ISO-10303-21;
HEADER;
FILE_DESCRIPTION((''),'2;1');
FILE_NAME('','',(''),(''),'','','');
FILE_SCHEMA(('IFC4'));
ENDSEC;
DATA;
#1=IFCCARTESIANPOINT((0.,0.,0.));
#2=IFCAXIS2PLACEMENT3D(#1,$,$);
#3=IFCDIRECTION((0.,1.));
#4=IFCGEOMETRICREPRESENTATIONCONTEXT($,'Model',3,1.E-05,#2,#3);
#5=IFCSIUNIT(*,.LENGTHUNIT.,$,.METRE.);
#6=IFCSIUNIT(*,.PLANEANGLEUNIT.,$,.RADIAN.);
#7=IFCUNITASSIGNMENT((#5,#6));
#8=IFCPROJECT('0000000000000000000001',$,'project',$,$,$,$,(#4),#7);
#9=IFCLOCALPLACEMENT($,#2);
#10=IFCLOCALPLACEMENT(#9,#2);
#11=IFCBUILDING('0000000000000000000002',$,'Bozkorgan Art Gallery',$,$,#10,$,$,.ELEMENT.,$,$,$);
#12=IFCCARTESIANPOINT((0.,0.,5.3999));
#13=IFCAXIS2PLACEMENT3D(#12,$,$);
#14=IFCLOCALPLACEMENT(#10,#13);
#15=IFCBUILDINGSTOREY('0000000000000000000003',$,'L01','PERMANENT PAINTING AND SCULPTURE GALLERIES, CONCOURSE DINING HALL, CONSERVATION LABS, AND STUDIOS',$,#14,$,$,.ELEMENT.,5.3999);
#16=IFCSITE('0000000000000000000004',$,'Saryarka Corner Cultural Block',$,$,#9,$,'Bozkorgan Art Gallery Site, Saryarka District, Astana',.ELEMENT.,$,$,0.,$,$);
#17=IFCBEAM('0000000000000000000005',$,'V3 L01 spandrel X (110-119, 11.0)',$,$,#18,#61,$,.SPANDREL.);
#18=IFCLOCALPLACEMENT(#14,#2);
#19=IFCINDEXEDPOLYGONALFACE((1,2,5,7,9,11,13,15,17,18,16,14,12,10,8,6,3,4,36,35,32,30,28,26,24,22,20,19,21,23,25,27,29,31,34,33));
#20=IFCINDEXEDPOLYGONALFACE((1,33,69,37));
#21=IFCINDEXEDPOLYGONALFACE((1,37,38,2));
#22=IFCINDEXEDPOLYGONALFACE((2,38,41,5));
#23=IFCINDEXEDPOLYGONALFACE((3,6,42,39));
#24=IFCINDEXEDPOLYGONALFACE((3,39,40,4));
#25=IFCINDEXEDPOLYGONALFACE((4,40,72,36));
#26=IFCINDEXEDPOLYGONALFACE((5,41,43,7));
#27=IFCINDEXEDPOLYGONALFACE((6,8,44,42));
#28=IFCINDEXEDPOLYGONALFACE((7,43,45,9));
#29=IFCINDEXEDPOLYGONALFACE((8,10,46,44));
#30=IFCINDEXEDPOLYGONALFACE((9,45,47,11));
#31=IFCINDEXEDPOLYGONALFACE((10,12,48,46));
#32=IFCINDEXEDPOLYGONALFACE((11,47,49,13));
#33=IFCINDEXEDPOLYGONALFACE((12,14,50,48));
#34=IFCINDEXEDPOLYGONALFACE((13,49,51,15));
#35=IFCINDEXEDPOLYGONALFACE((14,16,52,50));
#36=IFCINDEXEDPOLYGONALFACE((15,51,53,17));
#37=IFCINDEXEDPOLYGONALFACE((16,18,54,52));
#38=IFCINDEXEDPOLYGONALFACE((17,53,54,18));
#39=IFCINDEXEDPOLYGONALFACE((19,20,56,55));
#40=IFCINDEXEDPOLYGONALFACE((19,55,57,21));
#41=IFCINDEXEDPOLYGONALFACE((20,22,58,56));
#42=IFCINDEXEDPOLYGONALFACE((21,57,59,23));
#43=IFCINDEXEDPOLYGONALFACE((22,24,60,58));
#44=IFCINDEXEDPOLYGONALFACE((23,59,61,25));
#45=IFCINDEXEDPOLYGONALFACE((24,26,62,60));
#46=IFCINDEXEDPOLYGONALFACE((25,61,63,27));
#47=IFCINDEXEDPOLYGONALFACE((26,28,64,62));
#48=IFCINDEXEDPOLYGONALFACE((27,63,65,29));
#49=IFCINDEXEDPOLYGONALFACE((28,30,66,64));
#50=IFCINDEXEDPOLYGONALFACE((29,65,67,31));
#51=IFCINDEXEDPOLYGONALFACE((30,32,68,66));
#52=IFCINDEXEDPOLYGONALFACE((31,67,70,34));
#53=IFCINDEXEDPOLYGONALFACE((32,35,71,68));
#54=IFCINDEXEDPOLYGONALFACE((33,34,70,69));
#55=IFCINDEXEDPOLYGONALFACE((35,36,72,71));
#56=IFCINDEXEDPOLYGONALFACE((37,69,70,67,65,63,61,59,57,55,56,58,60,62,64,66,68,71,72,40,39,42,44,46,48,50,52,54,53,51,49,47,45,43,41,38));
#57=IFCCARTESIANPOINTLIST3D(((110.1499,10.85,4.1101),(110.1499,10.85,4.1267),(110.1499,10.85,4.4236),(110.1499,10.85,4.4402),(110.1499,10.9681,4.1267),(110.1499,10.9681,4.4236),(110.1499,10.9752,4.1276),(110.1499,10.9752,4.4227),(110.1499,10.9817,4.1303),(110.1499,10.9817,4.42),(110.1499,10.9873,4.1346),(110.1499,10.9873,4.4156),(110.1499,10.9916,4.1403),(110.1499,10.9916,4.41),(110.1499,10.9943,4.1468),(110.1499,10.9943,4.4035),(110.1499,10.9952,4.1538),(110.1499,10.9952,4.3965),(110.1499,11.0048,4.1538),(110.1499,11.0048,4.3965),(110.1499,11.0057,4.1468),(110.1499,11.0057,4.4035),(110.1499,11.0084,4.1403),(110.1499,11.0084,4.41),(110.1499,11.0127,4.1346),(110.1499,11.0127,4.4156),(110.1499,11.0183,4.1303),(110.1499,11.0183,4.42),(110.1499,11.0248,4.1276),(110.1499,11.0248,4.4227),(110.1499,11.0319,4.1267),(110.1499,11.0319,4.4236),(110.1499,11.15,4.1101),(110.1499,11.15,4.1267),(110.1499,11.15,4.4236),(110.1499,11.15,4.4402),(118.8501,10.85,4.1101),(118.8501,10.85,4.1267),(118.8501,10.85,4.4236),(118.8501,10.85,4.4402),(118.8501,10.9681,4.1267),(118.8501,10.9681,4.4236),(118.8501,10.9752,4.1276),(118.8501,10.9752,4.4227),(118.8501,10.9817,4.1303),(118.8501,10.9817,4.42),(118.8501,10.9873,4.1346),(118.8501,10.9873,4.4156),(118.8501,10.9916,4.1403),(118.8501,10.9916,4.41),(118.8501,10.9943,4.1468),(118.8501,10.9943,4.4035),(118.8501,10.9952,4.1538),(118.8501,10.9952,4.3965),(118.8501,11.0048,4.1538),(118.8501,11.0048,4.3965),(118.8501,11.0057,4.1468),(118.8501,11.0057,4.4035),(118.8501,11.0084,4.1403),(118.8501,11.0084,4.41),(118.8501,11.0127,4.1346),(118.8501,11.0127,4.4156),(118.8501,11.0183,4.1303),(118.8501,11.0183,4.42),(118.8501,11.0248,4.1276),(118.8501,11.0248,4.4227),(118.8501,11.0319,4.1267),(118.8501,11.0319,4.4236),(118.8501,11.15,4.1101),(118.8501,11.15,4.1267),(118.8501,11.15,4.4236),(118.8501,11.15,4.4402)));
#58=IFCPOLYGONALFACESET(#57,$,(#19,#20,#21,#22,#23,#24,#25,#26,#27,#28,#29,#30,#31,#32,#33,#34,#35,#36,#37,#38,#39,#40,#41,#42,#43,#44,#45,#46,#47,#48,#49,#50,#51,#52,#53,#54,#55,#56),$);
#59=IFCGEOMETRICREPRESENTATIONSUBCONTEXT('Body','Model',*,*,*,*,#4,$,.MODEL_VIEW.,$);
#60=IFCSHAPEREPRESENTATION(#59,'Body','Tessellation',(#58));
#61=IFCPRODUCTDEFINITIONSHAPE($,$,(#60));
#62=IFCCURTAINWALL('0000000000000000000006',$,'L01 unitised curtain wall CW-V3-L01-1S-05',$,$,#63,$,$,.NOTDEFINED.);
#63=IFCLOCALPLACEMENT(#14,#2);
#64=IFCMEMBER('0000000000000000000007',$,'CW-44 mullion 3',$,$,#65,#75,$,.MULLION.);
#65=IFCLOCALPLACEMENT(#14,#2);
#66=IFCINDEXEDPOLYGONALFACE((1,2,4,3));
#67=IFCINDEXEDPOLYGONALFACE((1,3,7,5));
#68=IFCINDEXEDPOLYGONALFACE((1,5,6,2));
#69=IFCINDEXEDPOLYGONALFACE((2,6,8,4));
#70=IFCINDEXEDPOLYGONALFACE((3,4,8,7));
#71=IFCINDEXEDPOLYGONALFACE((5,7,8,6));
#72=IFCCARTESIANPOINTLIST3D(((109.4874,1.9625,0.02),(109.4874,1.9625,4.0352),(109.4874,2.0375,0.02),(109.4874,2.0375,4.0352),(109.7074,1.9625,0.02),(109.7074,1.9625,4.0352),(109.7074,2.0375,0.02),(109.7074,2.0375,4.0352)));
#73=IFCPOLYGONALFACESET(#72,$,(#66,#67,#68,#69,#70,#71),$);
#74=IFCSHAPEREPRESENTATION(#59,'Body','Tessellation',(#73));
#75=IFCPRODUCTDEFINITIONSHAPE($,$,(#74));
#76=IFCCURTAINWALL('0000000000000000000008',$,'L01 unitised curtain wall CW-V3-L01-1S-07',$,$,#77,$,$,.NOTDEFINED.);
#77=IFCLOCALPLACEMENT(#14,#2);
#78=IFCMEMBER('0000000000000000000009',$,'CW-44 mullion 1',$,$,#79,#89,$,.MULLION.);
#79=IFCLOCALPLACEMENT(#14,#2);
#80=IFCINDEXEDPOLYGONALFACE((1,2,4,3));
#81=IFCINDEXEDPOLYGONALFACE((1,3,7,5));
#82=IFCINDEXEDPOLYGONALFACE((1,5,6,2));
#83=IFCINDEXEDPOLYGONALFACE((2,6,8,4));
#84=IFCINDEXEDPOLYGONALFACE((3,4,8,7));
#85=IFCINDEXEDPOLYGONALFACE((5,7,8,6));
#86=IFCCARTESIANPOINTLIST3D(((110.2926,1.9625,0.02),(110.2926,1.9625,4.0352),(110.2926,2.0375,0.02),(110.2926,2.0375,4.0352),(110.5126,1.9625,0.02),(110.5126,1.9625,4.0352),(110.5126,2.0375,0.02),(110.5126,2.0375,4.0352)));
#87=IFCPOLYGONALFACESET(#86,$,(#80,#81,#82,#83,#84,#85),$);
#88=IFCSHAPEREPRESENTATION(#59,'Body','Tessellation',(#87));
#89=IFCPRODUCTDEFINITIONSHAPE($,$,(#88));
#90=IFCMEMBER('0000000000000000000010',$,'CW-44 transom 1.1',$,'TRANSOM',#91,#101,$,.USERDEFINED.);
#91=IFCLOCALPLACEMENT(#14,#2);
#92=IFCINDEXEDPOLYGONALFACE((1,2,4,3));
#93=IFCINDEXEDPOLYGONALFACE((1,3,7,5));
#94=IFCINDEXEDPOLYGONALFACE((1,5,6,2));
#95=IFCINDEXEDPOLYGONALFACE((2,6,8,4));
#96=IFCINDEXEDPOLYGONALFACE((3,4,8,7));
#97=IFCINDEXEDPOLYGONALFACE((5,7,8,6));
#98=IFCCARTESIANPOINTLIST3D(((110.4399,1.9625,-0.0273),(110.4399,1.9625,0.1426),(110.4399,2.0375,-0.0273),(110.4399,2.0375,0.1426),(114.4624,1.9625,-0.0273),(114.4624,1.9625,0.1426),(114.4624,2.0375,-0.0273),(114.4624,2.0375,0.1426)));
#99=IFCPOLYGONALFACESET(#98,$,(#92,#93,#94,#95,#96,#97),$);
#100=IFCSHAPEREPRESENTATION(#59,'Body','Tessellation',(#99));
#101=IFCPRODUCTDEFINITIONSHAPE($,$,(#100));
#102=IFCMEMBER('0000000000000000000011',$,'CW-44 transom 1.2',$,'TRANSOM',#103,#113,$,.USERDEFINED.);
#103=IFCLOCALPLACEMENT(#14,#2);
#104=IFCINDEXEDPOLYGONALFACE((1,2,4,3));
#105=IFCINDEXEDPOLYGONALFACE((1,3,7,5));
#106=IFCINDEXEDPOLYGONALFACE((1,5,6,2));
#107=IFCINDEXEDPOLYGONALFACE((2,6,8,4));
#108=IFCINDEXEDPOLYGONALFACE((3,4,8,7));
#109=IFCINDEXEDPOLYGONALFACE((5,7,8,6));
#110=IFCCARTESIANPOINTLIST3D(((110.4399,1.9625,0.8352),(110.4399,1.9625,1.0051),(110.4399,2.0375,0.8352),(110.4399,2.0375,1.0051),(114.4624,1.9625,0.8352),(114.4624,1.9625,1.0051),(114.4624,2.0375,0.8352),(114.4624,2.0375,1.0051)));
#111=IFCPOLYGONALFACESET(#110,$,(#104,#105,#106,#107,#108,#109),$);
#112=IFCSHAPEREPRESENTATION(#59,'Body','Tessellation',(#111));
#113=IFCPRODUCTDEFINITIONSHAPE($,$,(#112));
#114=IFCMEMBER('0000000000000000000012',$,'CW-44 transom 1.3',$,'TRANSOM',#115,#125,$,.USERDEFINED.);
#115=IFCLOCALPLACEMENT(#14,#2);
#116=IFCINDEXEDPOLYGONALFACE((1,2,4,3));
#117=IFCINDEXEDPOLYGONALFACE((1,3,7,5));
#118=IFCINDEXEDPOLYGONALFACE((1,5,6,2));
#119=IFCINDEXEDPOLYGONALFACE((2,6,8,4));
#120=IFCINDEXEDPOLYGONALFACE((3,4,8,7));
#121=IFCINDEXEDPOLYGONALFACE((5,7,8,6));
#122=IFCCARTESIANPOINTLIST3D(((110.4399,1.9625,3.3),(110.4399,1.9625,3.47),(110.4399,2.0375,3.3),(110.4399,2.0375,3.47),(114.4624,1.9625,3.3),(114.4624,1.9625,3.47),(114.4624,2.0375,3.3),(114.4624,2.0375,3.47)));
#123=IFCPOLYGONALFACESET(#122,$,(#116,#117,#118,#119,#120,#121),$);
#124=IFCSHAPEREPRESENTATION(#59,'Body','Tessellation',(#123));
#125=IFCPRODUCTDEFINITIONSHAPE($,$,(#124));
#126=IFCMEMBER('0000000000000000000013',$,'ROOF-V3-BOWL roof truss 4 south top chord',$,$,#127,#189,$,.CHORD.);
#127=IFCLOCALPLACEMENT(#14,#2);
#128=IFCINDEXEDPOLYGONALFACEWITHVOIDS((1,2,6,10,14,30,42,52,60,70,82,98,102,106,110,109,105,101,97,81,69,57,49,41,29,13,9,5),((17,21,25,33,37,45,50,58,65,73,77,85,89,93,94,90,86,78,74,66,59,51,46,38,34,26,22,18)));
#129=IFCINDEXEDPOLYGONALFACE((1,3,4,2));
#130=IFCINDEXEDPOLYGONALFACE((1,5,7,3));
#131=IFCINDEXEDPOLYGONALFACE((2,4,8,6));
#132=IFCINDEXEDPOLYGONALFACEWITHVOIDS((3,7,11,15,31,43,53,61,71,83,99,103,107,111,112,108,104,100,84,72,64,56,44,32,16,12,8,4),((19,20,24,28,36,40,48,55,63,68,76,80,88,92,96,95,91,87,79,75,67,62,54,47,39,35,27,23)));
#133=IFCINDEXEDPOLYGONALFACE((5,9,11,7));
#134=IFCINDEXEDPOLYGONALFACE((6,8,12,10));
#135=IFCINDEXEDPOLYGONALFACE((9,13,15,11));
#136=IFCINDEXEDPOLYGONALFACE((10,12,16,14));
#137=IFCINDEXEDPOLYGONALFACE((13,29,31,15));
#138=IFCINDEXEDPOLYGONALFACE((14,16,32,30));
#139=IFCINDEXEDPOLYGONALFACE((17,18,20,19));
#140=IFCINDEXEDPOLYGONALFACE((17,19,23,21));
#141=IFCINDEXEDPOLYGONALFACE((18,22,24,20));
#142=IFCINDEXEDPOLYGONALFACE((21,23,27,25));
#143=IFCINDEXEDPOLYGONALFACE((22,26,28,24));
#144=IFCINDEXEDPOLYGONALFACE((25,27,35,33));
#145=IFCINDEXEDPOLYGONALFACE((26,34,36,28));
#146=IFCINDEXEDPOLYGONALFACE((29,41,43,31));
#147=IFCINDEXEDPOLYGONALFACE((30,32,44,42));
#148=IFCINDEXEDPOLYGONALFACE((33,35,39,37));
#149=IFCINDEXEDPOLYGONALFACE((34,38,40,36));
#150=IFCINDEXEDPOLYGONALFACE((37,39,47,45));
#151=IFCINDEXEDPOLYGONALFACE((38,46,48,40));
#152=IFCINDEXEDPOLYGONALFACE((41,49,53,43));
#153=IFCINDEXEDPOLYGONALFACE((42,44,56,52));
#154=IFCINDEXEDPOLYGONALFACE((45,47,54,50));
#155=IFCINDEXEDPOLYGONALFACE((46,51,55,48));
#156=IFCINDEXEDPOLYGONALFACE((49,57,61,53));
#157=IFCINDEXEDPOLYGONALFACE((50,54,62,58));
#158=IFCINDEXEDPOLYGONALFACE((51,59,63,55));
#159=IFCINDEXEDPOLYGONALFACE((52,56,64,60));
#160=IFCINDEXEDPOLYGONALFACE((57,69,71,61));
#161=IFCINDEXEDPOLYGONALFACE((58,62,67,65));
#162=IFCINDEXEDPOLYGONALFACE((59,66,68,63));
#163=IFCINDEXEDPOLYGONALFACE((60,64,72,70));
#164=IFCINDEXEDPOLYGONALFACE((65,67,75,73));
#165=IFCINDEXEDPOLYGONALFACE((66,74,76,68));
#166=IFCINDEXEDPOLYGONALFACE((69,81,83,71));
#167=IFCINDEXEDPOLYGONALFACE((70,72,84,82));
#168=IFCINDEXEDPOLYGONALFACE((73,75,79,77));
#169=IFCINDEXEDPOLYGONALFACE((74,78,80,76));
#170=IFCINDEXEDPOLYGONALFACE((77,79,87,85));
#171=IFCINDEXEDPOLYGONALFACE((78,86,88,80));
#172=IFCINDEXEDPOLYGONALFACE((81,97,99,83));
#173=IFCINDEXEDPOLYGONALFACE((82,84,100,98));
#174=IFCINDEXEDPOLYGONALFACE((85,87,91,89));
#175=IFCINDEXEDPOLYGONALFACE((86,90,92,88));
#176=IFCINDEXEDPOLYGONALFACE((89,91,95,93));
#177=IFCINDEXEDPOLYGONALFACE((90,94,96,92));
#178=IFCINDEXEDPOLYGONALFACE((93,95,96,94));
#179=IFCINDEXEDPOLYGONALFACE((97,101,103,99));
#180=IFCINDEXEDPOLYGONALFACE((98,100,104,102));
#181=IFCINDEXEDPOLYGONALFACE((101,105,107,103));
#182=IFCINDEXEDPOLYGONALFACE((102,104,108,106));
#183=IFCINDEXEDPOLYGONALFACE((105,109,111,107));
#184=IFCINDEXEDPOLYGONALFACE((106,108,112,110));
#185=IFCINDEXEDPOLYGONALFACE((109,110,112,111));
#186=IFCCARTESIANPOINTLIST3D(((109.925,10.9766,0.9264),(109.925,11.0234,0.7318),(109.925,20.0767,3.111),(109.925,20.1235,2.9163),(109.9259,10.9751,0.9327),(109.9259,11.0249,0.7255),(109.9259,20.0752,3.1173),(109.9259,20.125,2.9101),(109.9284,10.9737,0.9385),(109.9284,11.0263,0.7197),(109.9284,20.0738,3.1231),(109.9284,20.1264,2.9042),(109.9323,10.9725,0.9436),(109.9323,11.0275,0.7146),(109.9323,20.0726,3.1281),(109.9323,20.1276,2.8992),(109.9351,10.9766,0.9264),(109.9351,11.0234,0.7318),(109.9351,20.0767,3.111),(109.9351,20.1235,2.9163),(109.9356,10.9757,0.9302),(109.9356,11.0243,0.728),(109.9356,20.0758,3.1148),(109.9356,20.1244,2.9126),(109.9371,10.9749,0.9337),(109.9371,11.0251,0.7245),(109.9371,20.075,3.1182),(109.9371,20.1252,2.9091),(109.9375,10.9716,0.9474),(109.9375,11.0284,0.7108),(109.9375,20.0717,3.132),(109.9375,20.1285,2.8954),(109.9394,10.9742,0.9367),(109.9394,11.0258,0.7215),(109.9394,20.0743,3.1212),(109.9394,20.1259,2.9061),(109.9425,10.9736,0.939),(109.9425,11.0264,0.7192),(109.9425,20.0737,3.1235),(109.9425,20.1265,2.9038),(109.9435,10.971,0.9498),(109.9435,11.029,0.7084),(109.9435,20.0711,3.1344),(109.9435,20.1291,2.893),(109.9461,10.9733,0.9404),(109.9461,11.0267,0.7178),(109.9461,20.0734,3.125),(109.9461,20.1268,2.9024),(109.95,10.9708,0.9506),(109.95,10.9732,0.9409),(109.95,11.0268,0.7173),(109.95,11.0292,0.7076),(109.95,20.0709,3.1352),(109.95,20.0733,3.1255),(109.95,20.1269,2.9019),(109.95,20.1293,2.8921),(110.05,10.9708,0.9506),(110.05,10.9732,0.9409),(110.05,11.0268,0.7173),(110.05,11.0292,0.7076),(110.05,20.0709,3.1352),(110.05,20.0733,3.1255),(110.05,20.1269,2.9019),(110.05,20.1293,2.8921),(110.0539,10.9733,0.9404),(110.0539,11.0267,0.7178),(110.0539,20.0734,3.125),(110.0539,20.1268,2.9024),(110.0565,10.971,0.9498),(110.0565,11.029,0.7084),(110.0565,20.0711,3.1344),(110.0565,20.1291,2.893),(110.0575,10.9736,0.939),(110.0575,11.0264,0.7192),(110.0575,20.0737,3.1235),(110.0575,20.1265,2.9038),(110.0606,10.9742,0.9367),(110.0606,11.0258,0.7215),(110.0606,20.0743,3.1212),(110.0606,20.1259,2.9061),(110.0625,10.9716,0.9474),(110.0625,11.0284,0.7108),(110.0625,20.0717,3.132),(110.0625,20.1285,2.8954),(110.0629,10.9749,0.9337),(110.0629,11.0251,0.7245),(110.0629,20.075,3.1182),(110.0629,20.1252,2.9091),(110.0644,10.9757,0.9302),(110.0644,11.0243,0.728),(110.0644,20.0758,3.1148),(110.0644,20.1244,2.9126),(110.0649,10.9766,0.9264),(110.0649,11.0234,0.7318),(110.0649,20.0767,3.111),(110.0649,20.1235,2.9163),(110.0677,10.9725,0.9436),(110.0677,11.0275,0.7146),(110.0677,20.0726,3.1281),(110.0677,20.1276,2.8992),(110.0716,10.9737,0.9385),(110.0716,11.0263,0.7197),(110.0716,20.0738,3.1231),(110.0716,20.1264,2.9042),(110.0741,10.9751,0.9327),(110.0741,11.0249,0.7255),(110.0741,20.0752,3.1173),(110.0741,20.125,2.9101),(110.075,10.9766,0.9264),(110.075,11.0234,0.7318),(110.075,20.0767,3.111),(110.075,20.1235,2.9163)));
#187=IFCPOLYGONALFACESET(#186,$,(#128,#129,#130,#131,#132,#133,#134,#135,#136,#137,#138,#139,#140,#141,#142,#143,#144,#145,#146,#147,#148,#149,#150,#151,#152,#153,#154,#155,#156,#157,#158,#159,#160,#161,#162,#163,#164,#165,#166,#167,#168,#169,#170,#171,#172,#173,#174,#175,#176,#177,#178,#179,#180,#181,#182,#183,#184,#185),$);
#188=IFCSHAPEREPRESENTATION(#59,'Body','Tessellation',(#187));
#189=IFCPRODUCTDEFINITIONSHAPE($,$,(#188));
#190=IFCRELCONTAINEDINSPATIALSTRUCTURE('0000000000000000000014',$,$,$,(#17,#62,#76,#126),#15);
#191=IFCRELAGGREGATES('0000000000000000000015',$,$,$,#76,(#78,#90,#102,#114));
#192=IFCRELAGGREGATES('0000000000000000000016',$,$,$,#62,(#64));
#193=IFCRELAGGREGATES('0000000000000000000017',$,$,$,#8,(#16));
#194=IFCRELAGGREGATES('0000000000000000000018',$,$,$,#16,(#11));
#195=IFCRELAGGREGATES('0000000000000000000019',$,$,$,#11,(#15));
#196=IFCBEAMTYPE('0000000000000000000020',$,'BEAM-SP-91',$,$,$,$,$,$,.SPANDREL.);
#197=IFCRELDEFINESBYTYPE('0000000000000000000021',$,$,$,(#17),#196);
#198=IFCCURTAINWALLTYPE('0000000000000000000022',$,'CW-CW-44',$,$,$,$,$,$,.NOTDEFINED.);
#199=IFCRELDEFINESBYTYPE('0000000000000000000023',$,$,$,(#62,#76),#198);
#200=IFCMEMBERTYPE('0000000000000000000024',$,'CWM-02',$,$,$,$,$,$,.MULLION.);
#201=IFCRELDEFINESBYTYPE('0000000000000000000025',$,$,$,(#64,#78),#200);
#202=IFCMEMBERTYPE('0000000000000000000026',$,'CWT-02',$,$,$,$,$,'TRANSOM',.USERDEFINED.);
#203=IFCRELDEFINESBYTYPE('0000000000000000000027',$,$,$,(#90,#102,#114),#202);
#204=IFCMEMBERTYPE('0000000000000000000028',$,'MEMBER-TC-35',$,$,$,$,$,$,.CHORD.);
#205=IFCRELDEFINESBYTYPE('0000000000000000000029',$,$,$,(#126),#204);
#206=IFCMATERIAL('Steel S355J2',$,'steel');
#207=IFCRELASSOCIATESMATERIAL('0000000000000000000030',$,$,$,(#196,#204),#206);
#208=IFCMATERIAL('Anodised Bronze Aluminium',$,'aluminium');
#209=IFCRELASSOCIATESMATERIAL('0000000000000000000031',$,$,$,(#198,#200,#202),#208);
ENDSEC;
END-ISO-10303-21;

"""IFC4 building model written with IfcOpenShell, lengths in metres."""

from ifc_helpers import new_model, si_unit, direction, frame, origin, origin_2d, place, context, subcontext, project, spatial, rectangle, hollow_rectangle, i_section, extrude, material, material_profile, profile_set, type_object, element, aggregate, save


model = new_model("IFC4")

# Units and contexts
model_context = context("Model", 3, precision=1e-05, world=origin(), true_north=direction((0.0, 1.0)))
body_context = subcontext(model_context, "Body", "Model", "MODEL_VIEW")
ifc_project = project(units=[si_unit("LENGTHUNIT", "METRE"), si_unit("PLANEANGLEUNIT", "RADIAN")], contexts=[model_context])

# Site, building, storey
site_placement = place(None, origin())
site = spatial("IfcSite", under=ifc_project, at=site_placement, Name="Saryarka Corner Cultural Block", LongName="Bozkorgan Art Gallery Site, Saryarka District, Astana", CompositionType="ELEMENT", RefElevation=0.0)
building_placement = place(site_placement, origin())
building = spatial("IfcBuilding", under=site, at=building_placement, Name="Bozkorgan Art Gallery", CompositionType="ELEMENT")
storey_placement = place(building_placement, frame((0.0, 0.0, 5.3999)))
storey = spatial("IfcBuildingStorey", under=building, at=storey_placement, Name="L01", Description="PERMANENT PAINTING AND SCULPTURE GALLERIES, CONCOURSE DINING HALL, CONSERVATION LABS, AND STUDIOS", CompositionType="ELEMENT", Elevation=5.3999)

# Shared definitions
ifc_material_1 = material(Name="Steel S355J2", Category="steel")

# Beam
ifc_material_profile_1 = material_profile(ifc_material_1, i_section(OverallWidth=0.3, OverallDepth=0.3301, WebThickness=0.0095, FlangeThickness=0.0166, FilletRadius=0.0271, at=origin_2d()), Name="HEA 340")
ifc_profile_set_1 = profile_set([ifc_material_profile_1], Name="Steel S355J2")
beam_type_1 = type_object("IfcBeamType", Name="BEAM-SP-91", PredefinedType="SPANDREL", material=ifc_profile_set_1)
for number, where, z_axis, x_axis, name in (
    (1, (110.1499, 11.0, 4.2751), (1.0, 0.0, 0.0), (0.0, 1.0, 0.0), "V3 L01 spandrel X (110-119, 11.0)"),
):
    element("IfcBeam", number, at=place(storey_placement, frame(where, z_axis=z_axis, x_axis=x_axis)), inside=storey, type_object=beam_type_1, Name=name, PredefinedType="SPANDREL", context=body_context, shape_type="SweptSolid", body=[
        extrude(i_section(OverallWidth=0.3, OverallDepth=0.3301, WebThickness=0.0095, FlangeThickness=0.0166, FilletRadius=0.0271, at=origin_2d()), origin(), (0.0, 0.0, 1.0), 8.7002),
    ])

# Curtain wall, member
ifc_material_2 = material(Name="Anodised Bronze Aluminium", Category="aluminium")
curtain_wall_type = type_object("IfcCurtainWallType", Name="CW-CW-44", PredefinedType="NOTDEFINED", material=ifc_material_2)
curtain_wall_1_placement = place(storey_placement, origin())
curtain_wall_1 = element("IfcCurtainWall", 2, at=curtain_wall_1_placement, inside=storey, type_object=curtain_wall_type, Name="L01 unitised curtain wall CW-V3-L01-1S-05", PredefinedType="NOTDEFINED")
ifc_material_profile_2 = material_profile(ifc_material_2, rectangle(XDim=0.075, YDim=0.22, at=origin_2d()), Name="ALU MULLION 75x220")
ifc_profile_set_2 = profile_set([ifc_material_profile_2], Name="Anodised Bronze Aluminium")
member_type_1 = type_object("IfcMemberType", Name="CWM-02", PredefinedType="MULLION", material=ifc_profile_set_2)
member_1_placement = place(storey_placement, frame((109.5974, 2.0, 0.02), z_axis=(0.0, 0.0, 1.0), x_axis=(0.0, 1.0, 0.0)))
member_1 = element("IfcMember", 3, at=member_1_placement, type_object=member_type_1, Name="CW-44 mullion 3", PredefinedType="MULLION", context=body_context, shape_type="SweptSolid", body=[
    extrude(rectangle(XDim=0.075, YDim=0.22, at=origin_2d()), origin(), (0.0, 0.0, 1.0), 4.0151),
])

# Curtain wall, members
curtain_wall_2_placement = place(storey_placement, origin())
curtain_wall_2 = element("IfcCurtainWall", 4, at=curtain_wall_2_placement, inside=storey, type_object=curtain_wall_type, Name="L01 unitised curtain wall CW-V3-L01-1S-07", PredefinedType="NOTDEFINED")
member_2_placement = place(storey_placement, frame((110.4026, 2.0, 0.02), z_axis=(0.0, 0.0, 1.0), x_axis=(0.0, 1.0, 0.0)))
member_2 = element("IfcMember", 5, at=member_2_placement, type_object=member_type_1, Name="CW-44 mullion 1", PredefinedType="MULLION", context=body_context, shape_type="SweptSolid", body=[
    extrude(rectangle(XDim=0.075, YDim=0.22, at=origin_2d()), origin(), (0.0, 0.0, 1.0), 4.0151),
])
ifc_material_profile_3 = material_profile(ifc_material_2, rectangle(XDim=0.075, YDim=0.1699, at=origin_2d()), Name="ALU TRANSOM 75x170")
ifc_profile_set_3 = profile_set([ifc_material_profile_3], Name="Anodised Bronze Aluminium")
member_type_2 = type_object("IfcMemberType", Name="CWT-02", ElementType="TRANSOM", PredefinedType="USERDEFINED", material=ifc_profile_set_3)
member_3_placement = place(storey_placement, frame((110.4399, 2.0, 0.0576), z_axis=(1.0, 0.0, 0.0), x_axis=(0.0, 1.0, 0.0)))
member_3 = element("IfcMember", 6, at=member_3_placement, type_object=member_type_2, Name="CW-44 transom 1.1", ObjectType="TRANSOM", PredefinedType="USERDEFINED", context=body_context, shape_type="SweptSolid", body=[
    extrude(rectangle(XDim=0.075, YDim=0.1699, at=origin_2d()), origin(), (0.0, 0.0, 1.0), 4.0225),
])
member_4_placement = place(storey_placement, frame((110.4399, 2.0, 0.9202), z_axis=(1.0, 0.0, 0.0), x_axis=(0.0, 1.0, 0.0)))
member_4 = element("IfcMember", 7, at=member_4_placement, type_object=member_type_2, Name="CW-44 transom 1.2", ObjectType="TRANSOM", PredefinedType="USERDEFINED", context=body_context, shape_type="SweptSolid", body=[
    extrude(rectangle(XDim=0.075, YDim=0.1699, at=origin_2d()), origin(), (0.0, 0.0, 1.0), 4.0225),
])
member_5_placement = place(storey_placement, frame((110.4399, 2.0, 3.385), z_axis=(1.0, 0.0, 0.0), x_axis=(0.0, 1.0, 0.0)))
member_5 = element("IfcMember", 8, at=member_5_placement, type_object=member_type_2, Name="CW-44 transom 1.3", ObjectType="TRANSOM", PredefinedType="USERDEFINED", context=body_context, shape_type="SweptSolid", body=[
    extrude(rectangle(XDim=0.075, YDim=0.1699, at=origin_2d()), origin(), (0.0, 0.0, 1.0), 4.0225),
])
aggregate(curtain_wall_2, [member_2, member_3, member_4, member_5])

# Member
ifc_material_profile_4 = material_profile(ifc_material_1, hollow_rectangle(XDim=0.1499, YDim=0.25, WallThickness=0.01, InnerFilletRadius=0.0149, OuterFilletRadius=0.0249, at=origin_2d()), Name="RHS 250x150x10")
ifc_profile_set_4 = profile_set([ifc_material_profile_4], Name="Steel S355J2")
member_type_3 = type_object("IfcMemberType", Name="MEMBER-TC-35", PredefinedType="CHORD", material=ifc_profile_set_4)
member_6_placement = place(storey_placement, frame((110.0, 11.0, 0.8291), z_axis=(0.0, 0.972374, 0.233428), x_axis=(-1.0, 0.0, 0.0)))
element("IfcMember", 9, at=member_6_placement, inside=storey, type_object=member_type_3, Name="ROOF-V3-BOWL roof truss 4 south top chord", PredefinedType="CHORD", context=body_context, shape_type="SweptSolid", body=[
    extrude(hollow_rectangle(XDim=0.1499, YDim=0.25, WallThickness=0.01, InnerFilletRadius=0.0149, OuterFilletRadius=0.0249, at=origin_2d()), origin(), (0.0, 0.0, 1.0), 9.3586),
])

aggregate(curtain_wall_1, [member_1])

save(model, "model.ifc")
